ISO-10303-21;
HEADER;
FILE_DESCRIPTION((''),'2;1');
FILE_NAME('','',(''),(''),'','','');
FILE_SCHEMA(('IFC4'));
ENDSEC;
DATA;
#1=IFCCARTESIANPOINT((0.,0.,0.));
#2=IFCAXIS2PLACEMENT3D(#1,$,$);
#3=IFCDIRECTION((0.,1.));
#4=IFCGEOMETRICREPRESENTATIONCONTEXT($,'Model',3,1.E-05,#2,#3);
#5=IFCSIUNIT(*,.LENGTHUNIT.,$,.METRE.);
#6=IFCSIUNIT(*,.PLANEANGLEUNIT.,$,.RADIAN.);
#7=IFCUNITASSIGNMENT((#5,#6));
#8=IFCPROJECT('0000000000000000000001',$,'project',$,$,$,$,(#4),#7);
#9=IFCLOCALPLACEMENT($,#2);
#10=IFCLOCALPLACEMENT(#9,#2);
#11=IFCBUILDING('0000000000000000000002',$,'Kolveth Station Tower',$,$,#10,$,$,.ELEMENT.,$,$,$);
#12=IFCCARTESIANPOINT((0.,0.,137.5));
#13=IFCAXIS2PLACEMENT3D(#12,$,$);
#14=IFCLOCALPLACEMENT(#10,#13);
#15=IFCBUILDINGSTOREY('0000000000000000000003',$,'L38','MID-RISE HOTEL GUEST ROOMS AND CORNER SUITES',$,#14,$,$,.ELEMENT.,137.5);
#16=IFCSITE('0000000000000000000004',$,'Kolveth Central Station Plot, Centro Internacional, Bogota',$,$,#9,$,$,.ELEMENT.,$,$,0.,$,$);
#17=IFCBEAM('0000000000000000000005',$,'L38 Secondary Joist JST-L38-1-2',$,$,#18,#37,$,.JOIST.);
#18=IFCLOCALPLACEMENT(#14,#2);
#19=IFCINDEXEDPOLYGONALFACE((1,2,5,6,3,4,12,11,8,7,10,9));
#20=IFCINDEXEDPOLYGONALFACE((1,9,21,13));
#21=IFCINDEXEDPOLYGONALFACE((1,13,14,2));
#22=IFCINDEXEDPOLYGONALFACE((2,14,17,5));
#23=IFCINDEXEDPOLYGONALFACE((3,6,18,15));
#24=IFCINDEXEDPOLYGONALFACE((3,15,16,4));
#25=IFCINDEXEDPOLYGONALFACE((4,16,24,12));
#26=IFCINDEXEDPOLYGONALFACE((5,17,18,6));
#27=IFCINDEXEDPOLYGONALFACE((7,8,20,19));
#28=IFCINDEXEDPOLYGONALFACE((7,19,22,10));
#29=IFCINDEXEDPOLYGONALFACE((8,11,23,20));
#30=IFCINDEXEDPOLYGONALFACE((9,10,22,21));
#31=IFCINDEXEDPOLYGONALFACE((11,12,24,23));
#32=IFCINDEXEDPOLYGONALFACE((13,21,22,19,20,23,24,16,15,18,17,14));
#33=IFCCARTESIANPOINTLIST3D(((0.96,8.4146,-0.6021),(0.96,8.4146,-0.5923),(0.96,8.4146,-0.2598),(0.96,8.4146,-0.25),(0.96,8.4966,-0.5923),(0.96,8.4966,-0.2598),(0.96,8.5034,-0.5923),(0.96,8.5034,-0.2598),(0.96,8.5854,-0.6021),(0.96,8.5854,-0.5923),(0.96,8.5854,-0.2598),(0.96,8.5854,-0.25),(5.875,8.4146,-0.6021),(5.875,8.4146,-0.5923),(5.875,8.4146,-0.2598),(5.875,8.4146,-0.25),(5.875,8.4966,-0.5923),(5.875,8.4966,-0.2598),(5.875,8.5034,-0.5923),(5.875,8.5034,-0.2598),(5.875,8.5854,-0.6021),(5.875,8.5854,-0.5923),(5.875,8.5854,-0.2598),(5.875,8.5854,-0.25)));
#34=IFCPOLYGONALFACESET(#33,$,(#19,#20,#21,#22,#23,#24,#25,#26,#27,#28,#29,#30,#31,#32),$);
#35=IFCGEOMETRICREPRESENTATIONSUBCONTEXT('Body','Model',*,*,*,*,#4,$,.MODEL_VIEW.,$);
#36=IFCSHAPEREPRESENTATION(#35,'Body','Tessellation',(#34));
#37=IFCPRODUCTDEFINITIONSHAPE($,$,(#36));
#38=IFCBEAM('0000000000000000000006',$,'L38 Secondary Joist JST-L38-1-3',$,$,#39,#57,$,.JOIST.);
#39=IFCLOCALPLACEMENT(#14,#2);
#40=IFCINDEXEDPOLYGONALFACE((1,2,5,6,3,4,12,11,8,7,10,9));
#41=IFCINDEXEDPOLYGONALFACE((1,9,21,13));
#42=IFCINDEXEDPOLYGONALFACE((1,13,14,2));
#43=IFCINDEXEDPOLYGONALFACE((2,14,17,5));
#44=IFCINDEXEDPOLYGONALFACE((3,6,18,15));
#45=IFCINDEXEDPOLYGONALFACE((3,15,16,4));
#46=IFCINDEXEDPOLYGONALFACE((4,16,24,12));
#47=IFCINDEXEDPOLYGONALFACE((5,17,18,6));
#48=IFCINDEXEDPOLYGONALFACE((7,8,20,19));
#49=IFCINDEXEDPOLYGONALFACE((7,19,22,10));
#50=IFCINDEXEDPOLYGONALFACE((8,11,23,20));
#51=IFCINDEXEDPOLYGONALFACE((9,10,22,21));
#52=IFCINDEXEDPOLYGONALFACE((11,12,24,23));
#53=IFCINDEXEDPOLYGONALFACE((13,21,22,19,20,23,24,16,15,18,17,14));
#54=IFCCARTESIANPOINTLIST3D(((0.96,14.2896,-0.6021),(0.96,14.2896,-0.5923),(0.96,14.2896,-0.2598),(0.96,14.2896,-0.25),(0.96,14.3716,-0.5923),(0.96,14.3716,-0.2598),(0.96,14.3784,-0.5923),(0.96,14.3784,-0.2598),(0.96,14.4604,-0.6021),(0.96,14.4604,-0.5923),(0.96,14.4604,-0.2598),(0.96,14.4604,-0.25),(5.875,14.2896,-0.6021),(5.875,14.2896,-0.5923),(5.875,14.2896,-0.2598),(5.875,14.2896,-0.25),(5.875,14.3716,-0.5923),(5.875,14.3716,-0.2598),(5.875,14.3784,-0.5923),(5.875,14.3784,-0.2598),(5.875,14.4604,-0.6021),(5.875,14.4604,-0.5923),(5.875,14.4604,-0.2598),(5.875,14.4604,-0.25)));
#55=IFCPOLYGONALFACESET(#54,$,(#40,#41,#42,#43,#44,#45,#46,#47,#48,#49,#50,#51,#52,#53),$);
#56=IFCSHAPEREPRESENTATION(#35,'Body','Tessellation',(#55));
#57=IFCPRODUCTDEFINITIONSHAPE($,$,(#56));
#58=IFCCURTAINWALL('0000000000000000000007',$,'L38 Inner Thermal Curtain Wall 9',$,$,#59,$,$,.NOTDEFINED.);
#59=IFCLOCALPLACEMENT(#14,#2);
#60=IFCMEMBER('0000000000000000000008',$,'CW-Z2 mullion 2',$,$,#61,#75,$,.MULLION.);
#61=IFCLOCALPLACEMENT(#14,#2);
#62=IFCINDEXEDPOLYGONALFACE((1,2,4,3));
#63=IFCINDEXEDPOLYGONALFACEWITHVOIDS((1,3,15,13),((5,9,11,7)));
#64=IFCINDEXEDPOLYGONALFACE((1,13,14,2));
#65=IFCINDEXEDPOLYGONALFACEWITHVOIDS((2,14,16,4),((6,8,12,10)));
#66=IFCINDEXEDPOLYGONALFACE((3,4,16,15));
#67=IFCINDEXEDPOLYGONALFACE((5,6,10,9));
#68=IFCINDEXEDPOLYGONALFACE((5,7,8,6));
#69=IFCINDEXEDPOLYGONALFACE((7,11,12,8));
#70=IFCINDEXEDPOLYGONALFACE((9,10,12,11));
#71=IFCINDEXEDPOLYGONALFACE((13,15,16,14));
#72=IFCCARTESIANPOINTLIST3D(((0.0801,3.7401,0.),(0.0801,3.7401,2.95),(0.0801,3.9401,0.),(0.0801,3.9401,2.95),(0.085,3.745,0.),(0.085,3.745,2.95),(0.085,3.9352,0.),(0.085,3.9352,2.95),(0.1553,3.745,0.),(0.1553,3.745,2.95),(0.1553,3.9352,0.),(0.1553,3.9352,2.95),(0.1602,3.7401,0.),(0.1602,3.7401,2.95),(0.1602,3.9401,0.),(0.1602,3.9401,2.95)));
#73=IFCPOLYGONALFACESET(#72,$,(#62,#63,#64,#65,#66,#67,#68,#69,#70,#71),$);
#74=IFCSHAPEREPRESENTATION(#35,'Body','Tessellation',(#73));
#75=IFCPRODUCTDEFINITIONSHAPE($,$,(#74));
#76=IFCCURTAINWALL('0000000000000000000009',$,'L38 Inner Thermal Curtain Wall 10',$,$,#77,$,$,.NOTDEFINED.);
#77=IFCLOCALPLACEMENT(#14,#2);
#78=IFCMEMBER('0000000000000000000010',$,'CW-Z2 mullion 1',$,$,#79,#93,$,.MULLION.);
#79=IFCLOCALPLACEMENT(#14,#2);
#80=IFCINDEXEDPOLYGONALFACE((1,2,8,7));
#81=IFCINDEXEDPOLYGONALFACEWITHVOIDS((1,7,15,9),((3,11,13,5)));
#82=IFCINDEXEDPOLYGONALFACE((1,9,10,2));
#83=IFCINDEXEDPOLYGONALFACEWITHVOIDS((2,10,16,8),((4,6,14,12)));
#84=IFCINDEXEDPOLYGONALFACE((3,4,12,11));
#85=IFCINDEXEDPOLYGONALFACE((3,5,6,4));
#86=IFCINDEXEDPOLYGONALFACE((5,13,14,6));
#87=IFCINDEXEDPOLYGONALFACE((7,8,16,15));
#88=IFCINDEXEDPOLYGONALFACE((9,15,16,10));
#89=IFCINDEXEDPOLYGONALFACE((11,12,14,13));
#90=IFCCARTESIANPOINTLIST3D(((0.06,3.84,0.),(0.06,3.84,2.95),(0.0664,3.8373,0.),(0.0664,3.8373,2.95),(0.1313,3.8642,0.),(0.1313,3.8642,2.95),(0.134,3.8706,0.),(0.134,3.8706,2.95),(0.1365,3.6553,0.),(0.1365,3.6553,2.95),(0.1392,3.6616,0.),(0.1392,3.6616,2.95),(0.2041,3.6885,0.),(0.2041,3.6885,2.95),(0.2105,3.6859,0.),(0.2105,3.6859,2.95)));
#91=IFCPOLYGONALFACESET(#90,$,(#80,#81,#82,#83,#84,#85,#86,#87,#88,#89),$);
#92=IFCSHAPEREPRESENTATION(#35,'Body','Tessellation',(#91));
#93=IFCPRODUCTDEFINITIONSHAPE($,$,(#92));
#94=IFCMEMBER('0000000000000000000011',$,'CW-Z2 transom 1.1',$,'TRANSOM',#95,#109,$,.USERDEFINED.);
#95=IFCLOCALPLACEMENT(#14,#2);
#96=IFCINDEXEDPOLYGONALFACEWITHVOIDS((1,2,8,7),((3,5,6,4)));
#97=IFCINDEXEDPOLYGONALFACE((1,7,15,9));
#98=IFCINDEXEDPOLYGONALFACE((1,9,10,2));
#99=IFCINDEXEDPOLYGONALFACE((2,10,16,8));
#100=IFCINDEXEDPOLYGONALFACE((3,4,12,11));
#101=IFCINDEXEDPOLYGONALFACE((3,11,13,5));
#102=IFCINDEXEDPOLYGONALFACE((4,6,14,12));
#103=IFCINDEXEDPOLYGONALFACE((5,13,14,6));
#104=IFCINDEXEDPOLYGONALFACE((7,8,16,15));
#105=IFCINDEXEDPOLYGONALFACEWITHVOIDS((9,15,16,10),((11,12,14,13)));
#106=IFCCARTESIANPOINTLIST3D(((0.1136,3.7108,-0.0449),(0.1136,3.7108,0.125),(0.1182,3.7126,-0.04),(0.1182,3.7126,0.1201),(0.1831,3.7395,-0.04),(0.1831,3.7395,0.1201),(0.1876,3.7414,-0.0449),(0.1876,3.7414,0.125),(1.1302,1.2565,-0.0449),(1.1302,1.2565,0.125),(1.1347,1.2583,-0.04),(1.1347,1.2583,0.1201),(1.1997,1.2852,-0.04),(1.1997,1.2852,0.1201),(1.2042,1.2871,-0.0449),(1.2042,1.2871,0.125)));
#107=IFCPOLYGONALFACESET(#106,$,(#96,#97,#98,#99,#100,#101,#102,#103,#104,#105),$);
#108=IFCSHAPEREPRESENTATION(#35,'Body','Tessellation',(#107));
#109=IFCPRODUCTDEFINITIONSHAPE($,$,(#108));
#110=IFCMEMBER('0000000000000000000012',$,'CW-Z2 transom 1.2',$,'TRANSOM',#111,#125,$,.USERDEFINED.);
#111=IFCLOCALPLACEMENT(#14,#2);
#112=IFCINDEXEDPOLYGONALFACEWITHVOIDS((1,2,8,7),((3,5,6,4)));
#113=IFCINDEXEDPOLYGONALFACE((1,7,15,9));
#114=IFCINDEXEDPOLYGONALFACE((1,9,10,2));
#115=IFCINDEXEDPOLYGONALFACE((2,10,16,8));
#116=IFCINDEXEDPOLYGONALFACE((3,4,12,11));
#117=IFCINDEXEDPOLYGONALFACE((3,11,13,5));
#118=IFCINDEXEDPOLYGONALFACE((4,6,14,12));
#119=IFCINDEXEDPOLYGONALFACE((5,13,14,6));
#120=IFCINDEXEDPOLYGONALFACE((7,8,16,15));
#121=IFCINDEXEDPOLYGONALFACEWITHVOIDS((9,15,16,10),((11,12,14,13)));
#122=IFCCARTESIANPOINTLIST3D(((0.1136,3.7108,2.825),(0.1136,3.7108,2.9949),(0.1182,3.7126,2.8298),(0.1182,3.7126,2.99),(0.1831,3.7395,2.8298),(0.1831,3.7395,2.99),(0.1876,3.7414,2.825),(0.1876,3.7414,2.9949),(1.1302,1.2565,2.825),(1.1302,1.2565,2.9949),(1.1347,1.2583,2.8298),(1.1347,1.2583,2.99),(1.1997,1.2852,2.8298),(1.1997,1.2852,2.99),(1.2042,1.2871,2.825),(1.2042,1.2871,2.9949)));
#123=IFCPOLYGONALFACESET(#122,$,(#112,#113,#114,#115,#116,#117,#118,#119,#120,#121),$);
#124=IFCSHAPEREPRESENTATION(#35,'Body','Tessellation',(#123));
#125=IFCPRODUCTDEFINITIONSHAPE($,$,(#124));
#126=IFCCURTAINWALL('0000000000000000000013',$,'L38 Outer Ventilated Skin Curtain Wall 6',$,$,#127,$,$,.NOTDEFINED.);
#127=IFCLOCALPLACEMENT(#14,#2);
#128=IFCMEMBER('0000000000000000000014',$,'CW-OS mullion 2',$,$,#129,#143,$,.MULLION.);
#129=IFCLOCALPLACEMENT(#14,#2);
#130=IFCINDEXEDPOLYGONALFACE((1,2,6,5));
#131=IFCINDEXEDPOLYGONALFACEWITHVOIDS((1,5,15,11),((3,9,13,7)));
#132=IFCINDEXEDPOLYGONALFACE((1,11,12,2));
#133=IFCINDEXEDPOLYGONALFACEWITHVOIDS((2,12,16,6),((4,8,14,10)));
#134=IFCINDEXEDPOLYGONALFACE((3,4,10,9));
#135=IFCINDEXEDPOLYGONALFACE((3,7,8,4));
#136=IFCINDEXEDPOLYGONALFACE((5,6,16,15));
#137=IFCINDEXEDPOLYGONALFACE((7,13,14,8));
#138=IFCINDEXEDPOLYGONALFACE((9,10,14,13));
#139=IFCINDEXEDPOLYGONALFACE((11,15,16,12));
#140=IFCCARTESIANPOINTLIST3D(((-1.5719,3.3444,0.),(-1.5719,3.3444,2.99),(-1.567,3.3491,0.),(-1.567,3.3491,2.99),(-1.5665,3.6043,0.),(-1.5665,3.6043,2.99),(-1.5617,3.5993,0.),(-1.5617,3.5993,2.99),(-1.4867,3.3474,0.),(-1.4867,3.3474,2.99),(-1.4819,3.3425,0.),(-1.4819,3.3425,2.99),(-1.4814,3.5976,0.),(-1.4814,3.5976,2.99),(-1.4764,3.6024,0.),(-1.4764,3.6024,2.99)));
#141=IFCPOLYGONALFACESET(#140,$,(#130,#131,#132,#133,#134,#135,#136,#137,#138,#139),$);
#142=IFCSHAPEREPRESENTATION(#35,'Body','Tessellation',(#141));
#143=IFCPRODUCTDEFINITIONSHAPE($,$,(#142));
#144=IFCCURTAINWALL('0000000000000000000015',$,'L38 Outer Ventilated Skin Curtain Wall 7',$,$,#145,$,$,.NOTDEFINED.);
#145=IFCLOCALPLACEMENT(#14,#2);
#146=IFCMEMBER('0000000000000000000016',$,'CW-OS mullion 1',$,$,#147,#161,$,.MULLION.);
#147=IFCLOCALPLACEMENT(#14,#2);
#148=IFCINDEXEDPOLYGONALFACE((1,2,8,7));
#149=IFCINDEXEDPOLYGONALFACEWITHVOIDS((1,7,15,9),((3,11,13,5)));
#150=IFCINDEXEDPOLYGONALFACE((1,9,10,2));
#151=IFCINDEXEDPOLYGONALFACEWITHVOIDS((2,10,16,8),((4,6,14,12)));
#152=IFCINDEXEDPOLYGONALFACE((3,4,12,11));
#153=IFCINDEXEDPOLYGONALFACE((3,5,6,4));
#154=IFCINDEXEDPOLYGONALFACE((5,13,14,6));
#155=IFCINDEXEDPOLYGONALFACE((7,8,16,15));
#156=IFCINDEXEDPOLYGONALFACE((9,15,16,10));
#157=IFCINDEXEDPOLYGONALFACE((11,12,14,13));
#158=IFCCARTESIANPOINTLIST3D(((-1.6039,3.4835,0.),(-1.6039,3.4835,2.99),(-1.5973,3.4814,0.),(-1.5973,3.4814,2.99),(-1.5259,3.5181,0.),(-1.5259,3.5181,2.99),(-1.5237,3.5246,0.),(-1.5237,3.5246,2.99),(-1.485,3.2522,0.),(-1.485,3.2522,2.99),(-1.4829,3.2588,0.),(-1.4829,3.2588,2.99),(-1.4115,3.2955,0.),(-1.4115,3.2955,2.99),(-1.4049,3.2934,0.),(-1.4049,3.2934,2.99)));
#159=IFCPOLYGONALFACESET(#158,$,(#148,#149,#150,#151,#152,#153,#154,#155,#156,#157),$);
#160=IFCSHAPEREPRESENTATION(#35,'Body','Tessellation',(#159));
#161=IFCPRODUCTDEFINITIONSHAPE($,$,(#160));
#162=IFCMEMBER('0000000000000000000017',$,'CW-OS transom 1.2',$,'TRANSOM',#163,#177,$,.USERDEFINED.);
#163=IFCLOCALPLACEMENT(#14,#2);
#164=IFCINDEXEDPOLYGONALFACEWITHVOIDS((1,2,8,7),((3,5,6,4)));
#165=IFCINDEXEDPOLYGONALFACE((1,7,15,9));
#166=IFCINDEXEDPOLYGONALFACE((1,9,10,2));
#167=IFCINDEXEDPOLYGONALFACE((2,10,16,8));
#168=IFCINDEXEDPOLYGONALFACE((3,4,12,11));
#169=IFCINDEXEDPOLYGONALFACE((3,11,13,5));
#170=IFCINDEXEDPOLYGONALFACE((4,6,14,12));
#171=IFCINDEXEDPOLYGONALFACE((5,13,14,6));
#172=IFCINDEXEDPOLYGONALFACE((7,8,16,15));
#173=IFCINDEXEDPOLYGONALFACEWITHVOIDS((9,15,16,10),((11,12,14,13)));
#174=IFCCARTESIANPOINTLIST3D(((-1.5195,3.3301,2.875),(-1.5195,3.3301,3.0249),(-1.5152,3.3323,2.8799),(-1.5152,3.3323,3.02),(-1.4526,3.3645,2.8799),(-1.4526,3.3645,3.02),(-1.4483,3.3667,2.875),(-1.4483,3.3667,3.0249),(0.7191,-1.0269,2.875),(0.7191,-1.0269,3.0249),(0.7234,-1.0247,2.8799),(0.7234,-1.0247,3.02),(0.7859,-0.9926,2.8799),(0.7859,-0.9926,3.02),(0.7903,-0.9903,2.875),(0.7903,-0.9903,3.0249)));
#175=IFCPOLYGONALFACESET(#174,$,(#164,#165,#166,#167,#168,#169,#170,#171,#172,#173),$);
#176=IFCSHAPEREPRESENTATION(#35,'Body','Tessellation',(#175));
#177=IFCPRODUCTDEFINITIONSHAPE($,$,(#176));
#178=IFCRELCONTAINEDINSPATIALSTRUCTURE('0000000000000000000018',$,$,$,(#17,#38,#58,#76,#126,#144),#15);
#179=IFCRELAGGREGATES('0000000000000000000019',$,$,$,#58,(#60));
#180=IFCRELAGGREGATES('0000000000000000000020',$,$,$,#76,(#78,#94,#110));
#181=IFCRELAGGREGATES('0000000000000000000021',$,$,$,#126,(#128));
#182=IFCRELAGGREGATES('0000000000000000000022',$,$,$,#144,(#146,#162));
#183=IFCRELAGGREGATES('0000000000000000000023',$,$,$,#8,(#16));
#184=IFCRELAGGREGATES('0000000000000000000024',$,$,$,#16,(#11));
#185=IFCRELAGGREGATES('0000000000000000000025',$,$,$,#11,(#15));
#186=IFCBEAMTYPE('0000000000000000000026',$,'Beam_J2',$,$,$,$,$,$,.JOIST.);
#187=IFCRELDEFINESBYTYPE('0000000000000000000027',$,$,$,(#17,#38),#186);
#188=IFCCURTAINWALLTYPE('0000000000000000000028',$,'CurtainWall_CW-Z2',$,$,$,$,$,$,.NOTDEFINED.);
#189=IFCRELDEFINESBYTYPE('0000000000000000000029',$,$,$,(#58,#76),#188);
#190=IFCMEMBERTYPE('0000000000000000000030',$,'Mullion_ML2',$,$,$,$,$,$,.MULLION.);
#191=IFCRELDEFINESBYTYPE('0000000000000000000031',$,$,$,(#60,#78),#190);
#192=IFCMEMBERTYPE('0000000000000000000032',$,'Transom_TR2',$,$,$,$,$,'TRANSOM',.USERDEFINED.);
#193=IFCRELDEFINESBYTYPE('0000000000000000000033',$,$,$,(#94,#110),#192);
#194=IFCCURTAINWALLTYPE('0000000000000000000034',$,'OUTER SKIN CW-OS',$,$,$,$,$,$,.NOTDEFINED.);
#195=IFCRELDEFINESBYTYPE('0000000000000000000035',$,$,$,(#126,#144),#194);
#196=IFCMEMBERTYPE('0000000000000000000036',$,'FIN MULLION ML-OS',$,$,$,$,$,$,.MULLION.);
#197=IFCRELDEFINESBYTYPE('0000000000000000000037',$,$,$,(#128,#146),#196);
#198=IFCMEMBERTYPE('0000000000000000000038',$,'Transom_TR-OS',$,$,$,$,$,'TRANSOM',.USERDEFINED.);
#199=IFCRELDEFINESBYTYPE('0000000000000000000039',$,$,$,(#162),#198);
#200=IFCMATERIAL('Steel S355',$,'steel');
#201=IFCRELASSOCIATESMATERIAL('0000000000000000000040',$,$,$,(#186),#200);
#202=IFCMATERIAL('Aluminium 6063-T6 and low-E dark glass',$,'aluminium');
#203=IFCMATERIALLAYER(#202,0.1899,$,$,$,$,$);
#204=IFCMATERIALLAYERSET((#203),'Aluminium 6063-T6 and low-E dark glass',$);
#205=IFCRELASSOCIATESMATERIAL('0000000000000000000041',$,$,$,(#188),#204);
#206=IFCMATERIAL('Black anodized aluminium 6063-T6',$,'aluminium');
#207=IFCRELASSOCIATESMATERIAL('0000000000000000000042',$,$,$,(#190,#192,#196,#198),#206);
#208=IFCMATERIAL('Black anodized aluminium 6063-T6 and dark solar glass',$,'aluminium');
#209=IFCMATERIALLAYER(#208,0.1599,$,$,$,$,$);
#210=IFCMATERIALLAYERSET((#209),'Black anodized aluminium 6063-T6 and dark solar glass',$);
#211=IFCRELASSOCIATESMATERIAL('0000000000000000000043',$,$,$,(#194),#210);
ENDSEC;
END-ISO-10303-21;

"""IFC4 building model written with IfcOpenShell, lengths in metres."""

from ifc_helpers import new_model, si_unit, direction, frame, origin, origin_2d, place, context, subcontext, project, spatial, hollow_rectangle, i_section, extrude, source, transform, mapped, material, layer, layer_set, material_profile, profile_set, type_object, element, aggregate, save


model = new_model("IFC4")

# Units and contexts
model_context = context("Model", 3, precision=1e-05, world=origin(), true_north=direction((0.0, 1.0)))
body_context = subcontext(model_context, "Body", "Model", "MODEL_VIEW")
ifc_project = project(units=[si_unit("LENGTHUNIT", "METRE"), si_unit("PLANEANGLEUNIT", "RADIAN")], contexts=[model_context])

# Site, building, storey
site_placement = place(None, origin())
site = spatial("IfcSite", under=ifc_project, at=site_placement, Name="Kolveth Central Station Plot, Centro Internacional, Bogota", CompositionType="ELEMENT", RefElevation=0.0)
building_placement = place(site_placement, origin())
building = spatial("IfcBuilding", under=site, at=building_placement, Name="Kolveth Station Tower", CompositionType="ELEMENT")
storey_placement = place(building_placement, frame((0.0, 0.0, 137.5)))
storey = spatial("IfcBuildingStorey", under=building, at=storey_placement, Name="L38", Description="MID-RISE HOTEL GUEST ROOMS AND CORNER SUITES", CompositionType="ELEMENT", Elevation=137.5)

# Beams
ifc_material_1 = material(Name="Steel S355", Category="steel")
ifc_material_profile_1 = material_profile(ifc_material_1, i_section(OverallWidth=0.1709, OverallDepth=0.3521, WebThickness=0.0068, FlangeThickness=0.0098, at=origin_2d()), Name="W360x44")
ifc_profile_set_1 = profile_set([ifc_material_profile_1], Name="Steel S355")
beam_type_1 = type_object("IfcBeamType", Name="Beam_J2", PredefinedType="JOIST", material=ifc_profile_set_1)
shared_shape_1 = source(origin(), body_context, "Body", "SweptSolid", [
    extrude(i_section(OverallWidth=0.1709, OverallDepth=0.3521, WebThickness=0.0068, FlangeThickness=0.0098, at=origin_2d()), origin(), (0.0, 0.0, 1.0), 4.915),
])
for number, where, z_axis, x_axis, name in (
    (1, (0.96, 8.5, -0.426), (1.0, 0.0, 0.0), (0.0, 1.0, 0.0), "L38 Secondary Joist JST-L38-1-2"),
    (2, (0.96, 14.375, -0.426), (1.0, 0.0, 0.0), (0.0, 1.0, 0.0), "L38 Secondary Joist JST-L38-1-3"),
):
    element("IfcBeam", number, at=place(storey_placement, frame(where, z_axis=z_axis, x_axis=x_axis)), inside=storey, type_object=beam_type_1, Name=name, PredefinedType="JOIST", context=body_context, shape_type="MappedRepresentation", body=[
        mapped(shared_shape_1, transform((0.0, 0.0, 0.0), x_axis=(1.0, 0.0, 0.0), y_axis=(0.0, 1.0, 0.0), z_axis=(0.0, 0.0, 1.0), scale=1.0)),
    ])

# Curtain wall, member
ifc_material_2 = material(Name="Aluminium 6063-T6 and low-E dark glass", Category="aluminium")
ifc_layer_1 = layer(ifc_material_2, 0.1899)
ifc_layer_set_1 = layer_set([ifc_layer_1], Name="Aluminium 6063-T6 and low-E dark glass")
curtain_wall_type_1 = type_object("IfcCurtainWallType", Name="CurtainWall_CW-Z2", PredefinedType="NOTDEFINED", material=ifc_layer_set_1)
curtain_wall_1_placement = place(storey_placement, origin())
curtain_wall_1 = element("IfcCurtainWall", 3, at=curtain_wall_1_placement, inside=storey, type_object=curtain_wall_type_1, Name="L38 Inner Thermal Curtain Wall 9", PredefinedType="NOTDEFINED")
ifc_material_3 = material(Name="Black anodized aluminium 6063-T6", Category="aluminium")
ifc_material_profile_2 = material_profile(ifc_material_3, hollow_rectangle(XDim=0.0801, YDim=0.2, WallThickness=0.0049, at=origin_2d()), Name="ALU-80x200x5")
ifc_profile_set_2 = profile_set([ifc_material_profile_2], Name="Black anodized aluminium 6063-T6")
member_type_1 = type_object("IfcMemberType", Name="Mullion_ML2", PredefinedType="MULLION", material=ifc_profile_set_2)
shared_shape_2 = source(origin(), body_context, "Body", "SweptSolid", [
    extrude(hollow_rectangle(XDim=0.0801, YDim=0.2, WallThickness=0.0049, at=origin_2d()), origin(), (0.0, 0.0, 1.0), 2.95),
])
member_1_placement = place(storey_placement, frame((0.1201, 3.8401, 0.0), z_axis=(0.0, 0.0, 1.0), x_axis=(1.0, 0.0, 0.0)))
member_1 = element("IfcMember", 4, at=member_1_placement, type_object=member_type_1, Name="CW-Z2 mullion 2", PredefinedType="MULLION", context=body_context, shape_type="MappedRepresentation", body=[
    mapped(shared_shape_2, transform((0.0, 0.0, 0.0), x_axis=(1.0, 0.0, 0.0), y_axis=(0.0, 1.0, 0.0), z_axis=(0.0, 0.0, 1.0), scale=1.0)),
])
aggregate(curtain_wall_1, [member_1])

# Curtain wall, members
curtain_wall_2_placement = place(storey_placement, origin())
curtain_wall_2 = element("IfcCurtainWall", 5, at=curtain_wall_2_placement, inside=storey, type_object=curtain_wall_type_1, Name="L38 Inner Thermal Curtain Wall 10", PredefinedType="NOTDEFINED")
member_2_placement = place(storey_placement, frame((0.1353, 3.7629, 0.0), z_axis=(0.0, 0.0, 1.0), x_axis=(0.923888, 0.382663, 0.0)))
member_2 = element("IfcMember", 6, at=member_2_placement, type_object=member_type_1, Name="CW-Z2 mullion 1", PredefinedType="MULLION", context=body_context, shape_type="MappedRepresentation", body=[
    mapped(shared_shape_2, transform((0.0, 0.0, 0.0), x_axis=(1.0, 0.0, 0.0), y_axis=(0.0, 1.0, 0.0), z_axis=(0.0, 0.0, 1.0), scale=1.0)),
])
ifc_material_profile_3 = material_profile(ifc_material_3, hollow_rectangle(XDim=0.0801, YDim=0.1699, WallThickness=0.0049, at=origin_2d()), Name="ALU-80x170x5")
ifc_profile_set_3 = profile_set([ifc_material_profile_3], Name="Black anodized aluminium 6063-T6")
member_type_2 = type_object("IfcMemberType", Name="Transom_TR2", ElementType="TRANSOM", PredefinedType="USERDEFINED", material=ifc_profile_set_3)
shared_shape_3 = source(origin(), body_context, "Body", "SweptSolid", [
    extrude(hollow_rectangle(XDim=0.0801, YDim=0.1699, WallThickness=0.0049, at=origin_2d()), origin(), (0.0, 0.0, 1.0), 2.6565),
])
member_3_placement = place(storey_placement, frame((0.1506, 3.7261, 0.04), z_axis=(0.382676, -0.923882, 0.0), x_axis=(0.923882, 0.382676, 0.0)))
member_3 = element("IfcMember", 7, at=member_3_placement, type_object=member_type_2, Name="CW-Z2 transom 1.1", ObjectType="TRANSOM", PredefinedType="USERDEFINED", context=body_context, shape_type="MappedRepresentation", body=[
    mapped(shared_shape_3, transform((0.0, 0.0, 0.0), x_axis=(1.0, 0.0, 0.0), y_axis=(0.0, 1.0, 0.0), z_axis=(0.0, 0.0, 1.0), scale=1.0)),
])
member_4_placement = place(storey_placement, frame((0.1506, 3.7261, 2.9099), z_axis=(0.382676, -0.923882, 0.0), x_axis=(0.923882, 0.382676, 0.0)))
member_4 = element("IfcMember", 8, at=member_4_placement, type_object=member_type_2, Name="CW-Z2 transom 1.2", ObjectType="TRANSOM", PredefinedType="USERDEFINED", context=body_context, shape_type="MappedRepresentation", body=[
    mapped(shared_shape_3, transform((0.0, 0.0, 0.0), x_axis=(1.0, 0.0, 0.0), y_axis=(0.0, 1.0, 0.0), z_axis=(0.0, 0.0, 1.0), scale=1.0)),
])
aggregate(curtain_wall_2, [member_2, member_3, member_4])

# Curtain wall, member
ifc_material_4 = material(Name="Black anodized aluminium 6063-T6 and dark solar glass", Category="aluminium")
ifc_layer_2 = layer(ifc_material_4, 0.1599)
ifc_layer_set_2 = layer_set([ifc_layer_2], Name="Black anodized aluminium 6063-T6 and dark solar glass")
curtain_wall_type_2 = type_object("IfcCurtainWallType", Name="OUTER SKIN CW-OS", PredefinedType="NOTDEFINED", material=ifc_layer_set_2)
curtain_wall_3_placement = place(storey_placement, origin())
curtain_wall_3 = element("IfcCurtainWall", 9, at=curtain_wall_3_placement, inside=storey, type_object=curtain_wall_type_2, Name="L38 Outer Ventilated Skin Curtain Wall 6", PredefinedType="NOTDEFINED")
ifc_material_profile_4 = material_profile(ifc_material_3, hollow_rectangle(XDim=0.0901, YDim=0.26, WallThickness=0.0049, at=origin_2d()), Name="ALU-90x260x5")
ifc_profile_set_4 = profile_set([ifc_material_profile_4], Name="Black anodized aluminium 6063-T6")
member_type_3 = type_object("IfcMemberType", Name="FIN MULLION ML-OS", PredefinedType="MULLION", material=ifc_profile_set_4)
shared_shape_4 = source(origin(), body_context, "Body", "SweptSolid", [
    extrude(hollow_rectangle(XDim=0.0901, YDim=0.26, WallThickness=0.0049, at=origin_2d()), origin(), (0.0, 0.0, 1.0), 2.99),
])
member_5_placement = place(storey_placement, frame((-1.5242, 3.4734, 0.0), z_axis=(0.0, 0.0, 1.0), x_axis=(0.999778, -0.021054, 0.0)))
member_5 = element("IfcMember", 10, at=member_5_placement, type_object=member_type_3, Name="CW-OS mullion 2", PredefinedType="MULLION", context=body_context, shape_type="MappedRepresentation", body=[
    mapped(shared_shape_4, transform((0.0, 0.0, 0.0), x_axis=(1.0, 0.0, 0.0), y_axis=(0.0, 1.0, 0.0), z_axis=(0.0, 0.0, 1.0), scale=1.0)),
])
aggregate(curtain_wall_3, [member_5])

# Curtain wall, members
curtain_wall_4_placement = place(storey_placement, origin())
curtain_wall_4 = element("IfcCurtainWall", 11, at=curtain_wall_4_placement, inside=storey, type_object=curtain_wall_type_2, Name="L38 Outer Ventilated Skin Curtain Wall 7", PredefinedType="NOTDEFINED")
member_6_placement = place(storey_placement, frame((-1.5044, 3.3884, 0.0), z_axis=(0.0, 0.0, 1.0), x_axis=(0.889466, 0.457001, 0.0)))
member_6 = element("IfcMember", 12, at=member_6_placement, type_object=member_type_3, Name="CW-OS mullion 1", PredefinedType="MULLION", context=body_context, shape_type="MappedRepresentation", body=[
    mapped(shared_shape_4, transform((0.0, 0.0, 0.0), x_axis=(1.0, 0.0, 0.0), y_axis=(0.0, 1.0, 0.0), z_axis=(0.0, 0.0, 1.0), scale=1.0)),
])
ifc_material_profile_5 = material_profile(ifc_material_3, hollow_rectangle(XDim=0.0801, YDim=0.1499, WallThickness=0.0049, at=origin_2d()), Name="ALU-80x150x5")
ifc_profile_set_5 = profile_set([ifc_material_profile_5], Name="Black anodized aluminium 6063-T6")
member_type_4 = type_object("IfcMemberType", Name="Transom_TR-OS", ElementType="TRANSOM", PredefinedType="USERDEFINED", material=ifc_profile_set_5)
shared_shape_5 = source(origin(), body_context, "Body", "SweptSolid", [
    extrude(hollow_rectangle(XDim=0.0801, YDim=0.1499, WallThickness=0.0049, at=origin_2d()), origin(), (0.0, 0.0, 1.0), 4.8984),
])
member_7_placement = place(storey_placement, frame((-1.4839, 3.3484, 2.95), z_axis=(0.456995, -0.889469, 0.0), x_axis=(0.889469, 0.456995, 0.0)))
member_7 = element("IfcMember", 13, at=member_7_placement, type_object=member_type_4, Name="CW-OS transom 1.2", ObjectType="TRANSOM", PredefinedType="USERDEFINED", context=body_context, shape_type="MappedRepresentation", body=[
    mapped(shared_shape_5, transform((0.0, 0.0, 0.0), x_axis=(1.0, 0.0, 0.0), y_axis=(0.0, 1.0, 0.0), z_axis=(0.0, 0.0, 1.0), scale=1.0)),
])
aggregate(curtain_wall_4, [member_6, member_7])

save(model, "model.ifc")
